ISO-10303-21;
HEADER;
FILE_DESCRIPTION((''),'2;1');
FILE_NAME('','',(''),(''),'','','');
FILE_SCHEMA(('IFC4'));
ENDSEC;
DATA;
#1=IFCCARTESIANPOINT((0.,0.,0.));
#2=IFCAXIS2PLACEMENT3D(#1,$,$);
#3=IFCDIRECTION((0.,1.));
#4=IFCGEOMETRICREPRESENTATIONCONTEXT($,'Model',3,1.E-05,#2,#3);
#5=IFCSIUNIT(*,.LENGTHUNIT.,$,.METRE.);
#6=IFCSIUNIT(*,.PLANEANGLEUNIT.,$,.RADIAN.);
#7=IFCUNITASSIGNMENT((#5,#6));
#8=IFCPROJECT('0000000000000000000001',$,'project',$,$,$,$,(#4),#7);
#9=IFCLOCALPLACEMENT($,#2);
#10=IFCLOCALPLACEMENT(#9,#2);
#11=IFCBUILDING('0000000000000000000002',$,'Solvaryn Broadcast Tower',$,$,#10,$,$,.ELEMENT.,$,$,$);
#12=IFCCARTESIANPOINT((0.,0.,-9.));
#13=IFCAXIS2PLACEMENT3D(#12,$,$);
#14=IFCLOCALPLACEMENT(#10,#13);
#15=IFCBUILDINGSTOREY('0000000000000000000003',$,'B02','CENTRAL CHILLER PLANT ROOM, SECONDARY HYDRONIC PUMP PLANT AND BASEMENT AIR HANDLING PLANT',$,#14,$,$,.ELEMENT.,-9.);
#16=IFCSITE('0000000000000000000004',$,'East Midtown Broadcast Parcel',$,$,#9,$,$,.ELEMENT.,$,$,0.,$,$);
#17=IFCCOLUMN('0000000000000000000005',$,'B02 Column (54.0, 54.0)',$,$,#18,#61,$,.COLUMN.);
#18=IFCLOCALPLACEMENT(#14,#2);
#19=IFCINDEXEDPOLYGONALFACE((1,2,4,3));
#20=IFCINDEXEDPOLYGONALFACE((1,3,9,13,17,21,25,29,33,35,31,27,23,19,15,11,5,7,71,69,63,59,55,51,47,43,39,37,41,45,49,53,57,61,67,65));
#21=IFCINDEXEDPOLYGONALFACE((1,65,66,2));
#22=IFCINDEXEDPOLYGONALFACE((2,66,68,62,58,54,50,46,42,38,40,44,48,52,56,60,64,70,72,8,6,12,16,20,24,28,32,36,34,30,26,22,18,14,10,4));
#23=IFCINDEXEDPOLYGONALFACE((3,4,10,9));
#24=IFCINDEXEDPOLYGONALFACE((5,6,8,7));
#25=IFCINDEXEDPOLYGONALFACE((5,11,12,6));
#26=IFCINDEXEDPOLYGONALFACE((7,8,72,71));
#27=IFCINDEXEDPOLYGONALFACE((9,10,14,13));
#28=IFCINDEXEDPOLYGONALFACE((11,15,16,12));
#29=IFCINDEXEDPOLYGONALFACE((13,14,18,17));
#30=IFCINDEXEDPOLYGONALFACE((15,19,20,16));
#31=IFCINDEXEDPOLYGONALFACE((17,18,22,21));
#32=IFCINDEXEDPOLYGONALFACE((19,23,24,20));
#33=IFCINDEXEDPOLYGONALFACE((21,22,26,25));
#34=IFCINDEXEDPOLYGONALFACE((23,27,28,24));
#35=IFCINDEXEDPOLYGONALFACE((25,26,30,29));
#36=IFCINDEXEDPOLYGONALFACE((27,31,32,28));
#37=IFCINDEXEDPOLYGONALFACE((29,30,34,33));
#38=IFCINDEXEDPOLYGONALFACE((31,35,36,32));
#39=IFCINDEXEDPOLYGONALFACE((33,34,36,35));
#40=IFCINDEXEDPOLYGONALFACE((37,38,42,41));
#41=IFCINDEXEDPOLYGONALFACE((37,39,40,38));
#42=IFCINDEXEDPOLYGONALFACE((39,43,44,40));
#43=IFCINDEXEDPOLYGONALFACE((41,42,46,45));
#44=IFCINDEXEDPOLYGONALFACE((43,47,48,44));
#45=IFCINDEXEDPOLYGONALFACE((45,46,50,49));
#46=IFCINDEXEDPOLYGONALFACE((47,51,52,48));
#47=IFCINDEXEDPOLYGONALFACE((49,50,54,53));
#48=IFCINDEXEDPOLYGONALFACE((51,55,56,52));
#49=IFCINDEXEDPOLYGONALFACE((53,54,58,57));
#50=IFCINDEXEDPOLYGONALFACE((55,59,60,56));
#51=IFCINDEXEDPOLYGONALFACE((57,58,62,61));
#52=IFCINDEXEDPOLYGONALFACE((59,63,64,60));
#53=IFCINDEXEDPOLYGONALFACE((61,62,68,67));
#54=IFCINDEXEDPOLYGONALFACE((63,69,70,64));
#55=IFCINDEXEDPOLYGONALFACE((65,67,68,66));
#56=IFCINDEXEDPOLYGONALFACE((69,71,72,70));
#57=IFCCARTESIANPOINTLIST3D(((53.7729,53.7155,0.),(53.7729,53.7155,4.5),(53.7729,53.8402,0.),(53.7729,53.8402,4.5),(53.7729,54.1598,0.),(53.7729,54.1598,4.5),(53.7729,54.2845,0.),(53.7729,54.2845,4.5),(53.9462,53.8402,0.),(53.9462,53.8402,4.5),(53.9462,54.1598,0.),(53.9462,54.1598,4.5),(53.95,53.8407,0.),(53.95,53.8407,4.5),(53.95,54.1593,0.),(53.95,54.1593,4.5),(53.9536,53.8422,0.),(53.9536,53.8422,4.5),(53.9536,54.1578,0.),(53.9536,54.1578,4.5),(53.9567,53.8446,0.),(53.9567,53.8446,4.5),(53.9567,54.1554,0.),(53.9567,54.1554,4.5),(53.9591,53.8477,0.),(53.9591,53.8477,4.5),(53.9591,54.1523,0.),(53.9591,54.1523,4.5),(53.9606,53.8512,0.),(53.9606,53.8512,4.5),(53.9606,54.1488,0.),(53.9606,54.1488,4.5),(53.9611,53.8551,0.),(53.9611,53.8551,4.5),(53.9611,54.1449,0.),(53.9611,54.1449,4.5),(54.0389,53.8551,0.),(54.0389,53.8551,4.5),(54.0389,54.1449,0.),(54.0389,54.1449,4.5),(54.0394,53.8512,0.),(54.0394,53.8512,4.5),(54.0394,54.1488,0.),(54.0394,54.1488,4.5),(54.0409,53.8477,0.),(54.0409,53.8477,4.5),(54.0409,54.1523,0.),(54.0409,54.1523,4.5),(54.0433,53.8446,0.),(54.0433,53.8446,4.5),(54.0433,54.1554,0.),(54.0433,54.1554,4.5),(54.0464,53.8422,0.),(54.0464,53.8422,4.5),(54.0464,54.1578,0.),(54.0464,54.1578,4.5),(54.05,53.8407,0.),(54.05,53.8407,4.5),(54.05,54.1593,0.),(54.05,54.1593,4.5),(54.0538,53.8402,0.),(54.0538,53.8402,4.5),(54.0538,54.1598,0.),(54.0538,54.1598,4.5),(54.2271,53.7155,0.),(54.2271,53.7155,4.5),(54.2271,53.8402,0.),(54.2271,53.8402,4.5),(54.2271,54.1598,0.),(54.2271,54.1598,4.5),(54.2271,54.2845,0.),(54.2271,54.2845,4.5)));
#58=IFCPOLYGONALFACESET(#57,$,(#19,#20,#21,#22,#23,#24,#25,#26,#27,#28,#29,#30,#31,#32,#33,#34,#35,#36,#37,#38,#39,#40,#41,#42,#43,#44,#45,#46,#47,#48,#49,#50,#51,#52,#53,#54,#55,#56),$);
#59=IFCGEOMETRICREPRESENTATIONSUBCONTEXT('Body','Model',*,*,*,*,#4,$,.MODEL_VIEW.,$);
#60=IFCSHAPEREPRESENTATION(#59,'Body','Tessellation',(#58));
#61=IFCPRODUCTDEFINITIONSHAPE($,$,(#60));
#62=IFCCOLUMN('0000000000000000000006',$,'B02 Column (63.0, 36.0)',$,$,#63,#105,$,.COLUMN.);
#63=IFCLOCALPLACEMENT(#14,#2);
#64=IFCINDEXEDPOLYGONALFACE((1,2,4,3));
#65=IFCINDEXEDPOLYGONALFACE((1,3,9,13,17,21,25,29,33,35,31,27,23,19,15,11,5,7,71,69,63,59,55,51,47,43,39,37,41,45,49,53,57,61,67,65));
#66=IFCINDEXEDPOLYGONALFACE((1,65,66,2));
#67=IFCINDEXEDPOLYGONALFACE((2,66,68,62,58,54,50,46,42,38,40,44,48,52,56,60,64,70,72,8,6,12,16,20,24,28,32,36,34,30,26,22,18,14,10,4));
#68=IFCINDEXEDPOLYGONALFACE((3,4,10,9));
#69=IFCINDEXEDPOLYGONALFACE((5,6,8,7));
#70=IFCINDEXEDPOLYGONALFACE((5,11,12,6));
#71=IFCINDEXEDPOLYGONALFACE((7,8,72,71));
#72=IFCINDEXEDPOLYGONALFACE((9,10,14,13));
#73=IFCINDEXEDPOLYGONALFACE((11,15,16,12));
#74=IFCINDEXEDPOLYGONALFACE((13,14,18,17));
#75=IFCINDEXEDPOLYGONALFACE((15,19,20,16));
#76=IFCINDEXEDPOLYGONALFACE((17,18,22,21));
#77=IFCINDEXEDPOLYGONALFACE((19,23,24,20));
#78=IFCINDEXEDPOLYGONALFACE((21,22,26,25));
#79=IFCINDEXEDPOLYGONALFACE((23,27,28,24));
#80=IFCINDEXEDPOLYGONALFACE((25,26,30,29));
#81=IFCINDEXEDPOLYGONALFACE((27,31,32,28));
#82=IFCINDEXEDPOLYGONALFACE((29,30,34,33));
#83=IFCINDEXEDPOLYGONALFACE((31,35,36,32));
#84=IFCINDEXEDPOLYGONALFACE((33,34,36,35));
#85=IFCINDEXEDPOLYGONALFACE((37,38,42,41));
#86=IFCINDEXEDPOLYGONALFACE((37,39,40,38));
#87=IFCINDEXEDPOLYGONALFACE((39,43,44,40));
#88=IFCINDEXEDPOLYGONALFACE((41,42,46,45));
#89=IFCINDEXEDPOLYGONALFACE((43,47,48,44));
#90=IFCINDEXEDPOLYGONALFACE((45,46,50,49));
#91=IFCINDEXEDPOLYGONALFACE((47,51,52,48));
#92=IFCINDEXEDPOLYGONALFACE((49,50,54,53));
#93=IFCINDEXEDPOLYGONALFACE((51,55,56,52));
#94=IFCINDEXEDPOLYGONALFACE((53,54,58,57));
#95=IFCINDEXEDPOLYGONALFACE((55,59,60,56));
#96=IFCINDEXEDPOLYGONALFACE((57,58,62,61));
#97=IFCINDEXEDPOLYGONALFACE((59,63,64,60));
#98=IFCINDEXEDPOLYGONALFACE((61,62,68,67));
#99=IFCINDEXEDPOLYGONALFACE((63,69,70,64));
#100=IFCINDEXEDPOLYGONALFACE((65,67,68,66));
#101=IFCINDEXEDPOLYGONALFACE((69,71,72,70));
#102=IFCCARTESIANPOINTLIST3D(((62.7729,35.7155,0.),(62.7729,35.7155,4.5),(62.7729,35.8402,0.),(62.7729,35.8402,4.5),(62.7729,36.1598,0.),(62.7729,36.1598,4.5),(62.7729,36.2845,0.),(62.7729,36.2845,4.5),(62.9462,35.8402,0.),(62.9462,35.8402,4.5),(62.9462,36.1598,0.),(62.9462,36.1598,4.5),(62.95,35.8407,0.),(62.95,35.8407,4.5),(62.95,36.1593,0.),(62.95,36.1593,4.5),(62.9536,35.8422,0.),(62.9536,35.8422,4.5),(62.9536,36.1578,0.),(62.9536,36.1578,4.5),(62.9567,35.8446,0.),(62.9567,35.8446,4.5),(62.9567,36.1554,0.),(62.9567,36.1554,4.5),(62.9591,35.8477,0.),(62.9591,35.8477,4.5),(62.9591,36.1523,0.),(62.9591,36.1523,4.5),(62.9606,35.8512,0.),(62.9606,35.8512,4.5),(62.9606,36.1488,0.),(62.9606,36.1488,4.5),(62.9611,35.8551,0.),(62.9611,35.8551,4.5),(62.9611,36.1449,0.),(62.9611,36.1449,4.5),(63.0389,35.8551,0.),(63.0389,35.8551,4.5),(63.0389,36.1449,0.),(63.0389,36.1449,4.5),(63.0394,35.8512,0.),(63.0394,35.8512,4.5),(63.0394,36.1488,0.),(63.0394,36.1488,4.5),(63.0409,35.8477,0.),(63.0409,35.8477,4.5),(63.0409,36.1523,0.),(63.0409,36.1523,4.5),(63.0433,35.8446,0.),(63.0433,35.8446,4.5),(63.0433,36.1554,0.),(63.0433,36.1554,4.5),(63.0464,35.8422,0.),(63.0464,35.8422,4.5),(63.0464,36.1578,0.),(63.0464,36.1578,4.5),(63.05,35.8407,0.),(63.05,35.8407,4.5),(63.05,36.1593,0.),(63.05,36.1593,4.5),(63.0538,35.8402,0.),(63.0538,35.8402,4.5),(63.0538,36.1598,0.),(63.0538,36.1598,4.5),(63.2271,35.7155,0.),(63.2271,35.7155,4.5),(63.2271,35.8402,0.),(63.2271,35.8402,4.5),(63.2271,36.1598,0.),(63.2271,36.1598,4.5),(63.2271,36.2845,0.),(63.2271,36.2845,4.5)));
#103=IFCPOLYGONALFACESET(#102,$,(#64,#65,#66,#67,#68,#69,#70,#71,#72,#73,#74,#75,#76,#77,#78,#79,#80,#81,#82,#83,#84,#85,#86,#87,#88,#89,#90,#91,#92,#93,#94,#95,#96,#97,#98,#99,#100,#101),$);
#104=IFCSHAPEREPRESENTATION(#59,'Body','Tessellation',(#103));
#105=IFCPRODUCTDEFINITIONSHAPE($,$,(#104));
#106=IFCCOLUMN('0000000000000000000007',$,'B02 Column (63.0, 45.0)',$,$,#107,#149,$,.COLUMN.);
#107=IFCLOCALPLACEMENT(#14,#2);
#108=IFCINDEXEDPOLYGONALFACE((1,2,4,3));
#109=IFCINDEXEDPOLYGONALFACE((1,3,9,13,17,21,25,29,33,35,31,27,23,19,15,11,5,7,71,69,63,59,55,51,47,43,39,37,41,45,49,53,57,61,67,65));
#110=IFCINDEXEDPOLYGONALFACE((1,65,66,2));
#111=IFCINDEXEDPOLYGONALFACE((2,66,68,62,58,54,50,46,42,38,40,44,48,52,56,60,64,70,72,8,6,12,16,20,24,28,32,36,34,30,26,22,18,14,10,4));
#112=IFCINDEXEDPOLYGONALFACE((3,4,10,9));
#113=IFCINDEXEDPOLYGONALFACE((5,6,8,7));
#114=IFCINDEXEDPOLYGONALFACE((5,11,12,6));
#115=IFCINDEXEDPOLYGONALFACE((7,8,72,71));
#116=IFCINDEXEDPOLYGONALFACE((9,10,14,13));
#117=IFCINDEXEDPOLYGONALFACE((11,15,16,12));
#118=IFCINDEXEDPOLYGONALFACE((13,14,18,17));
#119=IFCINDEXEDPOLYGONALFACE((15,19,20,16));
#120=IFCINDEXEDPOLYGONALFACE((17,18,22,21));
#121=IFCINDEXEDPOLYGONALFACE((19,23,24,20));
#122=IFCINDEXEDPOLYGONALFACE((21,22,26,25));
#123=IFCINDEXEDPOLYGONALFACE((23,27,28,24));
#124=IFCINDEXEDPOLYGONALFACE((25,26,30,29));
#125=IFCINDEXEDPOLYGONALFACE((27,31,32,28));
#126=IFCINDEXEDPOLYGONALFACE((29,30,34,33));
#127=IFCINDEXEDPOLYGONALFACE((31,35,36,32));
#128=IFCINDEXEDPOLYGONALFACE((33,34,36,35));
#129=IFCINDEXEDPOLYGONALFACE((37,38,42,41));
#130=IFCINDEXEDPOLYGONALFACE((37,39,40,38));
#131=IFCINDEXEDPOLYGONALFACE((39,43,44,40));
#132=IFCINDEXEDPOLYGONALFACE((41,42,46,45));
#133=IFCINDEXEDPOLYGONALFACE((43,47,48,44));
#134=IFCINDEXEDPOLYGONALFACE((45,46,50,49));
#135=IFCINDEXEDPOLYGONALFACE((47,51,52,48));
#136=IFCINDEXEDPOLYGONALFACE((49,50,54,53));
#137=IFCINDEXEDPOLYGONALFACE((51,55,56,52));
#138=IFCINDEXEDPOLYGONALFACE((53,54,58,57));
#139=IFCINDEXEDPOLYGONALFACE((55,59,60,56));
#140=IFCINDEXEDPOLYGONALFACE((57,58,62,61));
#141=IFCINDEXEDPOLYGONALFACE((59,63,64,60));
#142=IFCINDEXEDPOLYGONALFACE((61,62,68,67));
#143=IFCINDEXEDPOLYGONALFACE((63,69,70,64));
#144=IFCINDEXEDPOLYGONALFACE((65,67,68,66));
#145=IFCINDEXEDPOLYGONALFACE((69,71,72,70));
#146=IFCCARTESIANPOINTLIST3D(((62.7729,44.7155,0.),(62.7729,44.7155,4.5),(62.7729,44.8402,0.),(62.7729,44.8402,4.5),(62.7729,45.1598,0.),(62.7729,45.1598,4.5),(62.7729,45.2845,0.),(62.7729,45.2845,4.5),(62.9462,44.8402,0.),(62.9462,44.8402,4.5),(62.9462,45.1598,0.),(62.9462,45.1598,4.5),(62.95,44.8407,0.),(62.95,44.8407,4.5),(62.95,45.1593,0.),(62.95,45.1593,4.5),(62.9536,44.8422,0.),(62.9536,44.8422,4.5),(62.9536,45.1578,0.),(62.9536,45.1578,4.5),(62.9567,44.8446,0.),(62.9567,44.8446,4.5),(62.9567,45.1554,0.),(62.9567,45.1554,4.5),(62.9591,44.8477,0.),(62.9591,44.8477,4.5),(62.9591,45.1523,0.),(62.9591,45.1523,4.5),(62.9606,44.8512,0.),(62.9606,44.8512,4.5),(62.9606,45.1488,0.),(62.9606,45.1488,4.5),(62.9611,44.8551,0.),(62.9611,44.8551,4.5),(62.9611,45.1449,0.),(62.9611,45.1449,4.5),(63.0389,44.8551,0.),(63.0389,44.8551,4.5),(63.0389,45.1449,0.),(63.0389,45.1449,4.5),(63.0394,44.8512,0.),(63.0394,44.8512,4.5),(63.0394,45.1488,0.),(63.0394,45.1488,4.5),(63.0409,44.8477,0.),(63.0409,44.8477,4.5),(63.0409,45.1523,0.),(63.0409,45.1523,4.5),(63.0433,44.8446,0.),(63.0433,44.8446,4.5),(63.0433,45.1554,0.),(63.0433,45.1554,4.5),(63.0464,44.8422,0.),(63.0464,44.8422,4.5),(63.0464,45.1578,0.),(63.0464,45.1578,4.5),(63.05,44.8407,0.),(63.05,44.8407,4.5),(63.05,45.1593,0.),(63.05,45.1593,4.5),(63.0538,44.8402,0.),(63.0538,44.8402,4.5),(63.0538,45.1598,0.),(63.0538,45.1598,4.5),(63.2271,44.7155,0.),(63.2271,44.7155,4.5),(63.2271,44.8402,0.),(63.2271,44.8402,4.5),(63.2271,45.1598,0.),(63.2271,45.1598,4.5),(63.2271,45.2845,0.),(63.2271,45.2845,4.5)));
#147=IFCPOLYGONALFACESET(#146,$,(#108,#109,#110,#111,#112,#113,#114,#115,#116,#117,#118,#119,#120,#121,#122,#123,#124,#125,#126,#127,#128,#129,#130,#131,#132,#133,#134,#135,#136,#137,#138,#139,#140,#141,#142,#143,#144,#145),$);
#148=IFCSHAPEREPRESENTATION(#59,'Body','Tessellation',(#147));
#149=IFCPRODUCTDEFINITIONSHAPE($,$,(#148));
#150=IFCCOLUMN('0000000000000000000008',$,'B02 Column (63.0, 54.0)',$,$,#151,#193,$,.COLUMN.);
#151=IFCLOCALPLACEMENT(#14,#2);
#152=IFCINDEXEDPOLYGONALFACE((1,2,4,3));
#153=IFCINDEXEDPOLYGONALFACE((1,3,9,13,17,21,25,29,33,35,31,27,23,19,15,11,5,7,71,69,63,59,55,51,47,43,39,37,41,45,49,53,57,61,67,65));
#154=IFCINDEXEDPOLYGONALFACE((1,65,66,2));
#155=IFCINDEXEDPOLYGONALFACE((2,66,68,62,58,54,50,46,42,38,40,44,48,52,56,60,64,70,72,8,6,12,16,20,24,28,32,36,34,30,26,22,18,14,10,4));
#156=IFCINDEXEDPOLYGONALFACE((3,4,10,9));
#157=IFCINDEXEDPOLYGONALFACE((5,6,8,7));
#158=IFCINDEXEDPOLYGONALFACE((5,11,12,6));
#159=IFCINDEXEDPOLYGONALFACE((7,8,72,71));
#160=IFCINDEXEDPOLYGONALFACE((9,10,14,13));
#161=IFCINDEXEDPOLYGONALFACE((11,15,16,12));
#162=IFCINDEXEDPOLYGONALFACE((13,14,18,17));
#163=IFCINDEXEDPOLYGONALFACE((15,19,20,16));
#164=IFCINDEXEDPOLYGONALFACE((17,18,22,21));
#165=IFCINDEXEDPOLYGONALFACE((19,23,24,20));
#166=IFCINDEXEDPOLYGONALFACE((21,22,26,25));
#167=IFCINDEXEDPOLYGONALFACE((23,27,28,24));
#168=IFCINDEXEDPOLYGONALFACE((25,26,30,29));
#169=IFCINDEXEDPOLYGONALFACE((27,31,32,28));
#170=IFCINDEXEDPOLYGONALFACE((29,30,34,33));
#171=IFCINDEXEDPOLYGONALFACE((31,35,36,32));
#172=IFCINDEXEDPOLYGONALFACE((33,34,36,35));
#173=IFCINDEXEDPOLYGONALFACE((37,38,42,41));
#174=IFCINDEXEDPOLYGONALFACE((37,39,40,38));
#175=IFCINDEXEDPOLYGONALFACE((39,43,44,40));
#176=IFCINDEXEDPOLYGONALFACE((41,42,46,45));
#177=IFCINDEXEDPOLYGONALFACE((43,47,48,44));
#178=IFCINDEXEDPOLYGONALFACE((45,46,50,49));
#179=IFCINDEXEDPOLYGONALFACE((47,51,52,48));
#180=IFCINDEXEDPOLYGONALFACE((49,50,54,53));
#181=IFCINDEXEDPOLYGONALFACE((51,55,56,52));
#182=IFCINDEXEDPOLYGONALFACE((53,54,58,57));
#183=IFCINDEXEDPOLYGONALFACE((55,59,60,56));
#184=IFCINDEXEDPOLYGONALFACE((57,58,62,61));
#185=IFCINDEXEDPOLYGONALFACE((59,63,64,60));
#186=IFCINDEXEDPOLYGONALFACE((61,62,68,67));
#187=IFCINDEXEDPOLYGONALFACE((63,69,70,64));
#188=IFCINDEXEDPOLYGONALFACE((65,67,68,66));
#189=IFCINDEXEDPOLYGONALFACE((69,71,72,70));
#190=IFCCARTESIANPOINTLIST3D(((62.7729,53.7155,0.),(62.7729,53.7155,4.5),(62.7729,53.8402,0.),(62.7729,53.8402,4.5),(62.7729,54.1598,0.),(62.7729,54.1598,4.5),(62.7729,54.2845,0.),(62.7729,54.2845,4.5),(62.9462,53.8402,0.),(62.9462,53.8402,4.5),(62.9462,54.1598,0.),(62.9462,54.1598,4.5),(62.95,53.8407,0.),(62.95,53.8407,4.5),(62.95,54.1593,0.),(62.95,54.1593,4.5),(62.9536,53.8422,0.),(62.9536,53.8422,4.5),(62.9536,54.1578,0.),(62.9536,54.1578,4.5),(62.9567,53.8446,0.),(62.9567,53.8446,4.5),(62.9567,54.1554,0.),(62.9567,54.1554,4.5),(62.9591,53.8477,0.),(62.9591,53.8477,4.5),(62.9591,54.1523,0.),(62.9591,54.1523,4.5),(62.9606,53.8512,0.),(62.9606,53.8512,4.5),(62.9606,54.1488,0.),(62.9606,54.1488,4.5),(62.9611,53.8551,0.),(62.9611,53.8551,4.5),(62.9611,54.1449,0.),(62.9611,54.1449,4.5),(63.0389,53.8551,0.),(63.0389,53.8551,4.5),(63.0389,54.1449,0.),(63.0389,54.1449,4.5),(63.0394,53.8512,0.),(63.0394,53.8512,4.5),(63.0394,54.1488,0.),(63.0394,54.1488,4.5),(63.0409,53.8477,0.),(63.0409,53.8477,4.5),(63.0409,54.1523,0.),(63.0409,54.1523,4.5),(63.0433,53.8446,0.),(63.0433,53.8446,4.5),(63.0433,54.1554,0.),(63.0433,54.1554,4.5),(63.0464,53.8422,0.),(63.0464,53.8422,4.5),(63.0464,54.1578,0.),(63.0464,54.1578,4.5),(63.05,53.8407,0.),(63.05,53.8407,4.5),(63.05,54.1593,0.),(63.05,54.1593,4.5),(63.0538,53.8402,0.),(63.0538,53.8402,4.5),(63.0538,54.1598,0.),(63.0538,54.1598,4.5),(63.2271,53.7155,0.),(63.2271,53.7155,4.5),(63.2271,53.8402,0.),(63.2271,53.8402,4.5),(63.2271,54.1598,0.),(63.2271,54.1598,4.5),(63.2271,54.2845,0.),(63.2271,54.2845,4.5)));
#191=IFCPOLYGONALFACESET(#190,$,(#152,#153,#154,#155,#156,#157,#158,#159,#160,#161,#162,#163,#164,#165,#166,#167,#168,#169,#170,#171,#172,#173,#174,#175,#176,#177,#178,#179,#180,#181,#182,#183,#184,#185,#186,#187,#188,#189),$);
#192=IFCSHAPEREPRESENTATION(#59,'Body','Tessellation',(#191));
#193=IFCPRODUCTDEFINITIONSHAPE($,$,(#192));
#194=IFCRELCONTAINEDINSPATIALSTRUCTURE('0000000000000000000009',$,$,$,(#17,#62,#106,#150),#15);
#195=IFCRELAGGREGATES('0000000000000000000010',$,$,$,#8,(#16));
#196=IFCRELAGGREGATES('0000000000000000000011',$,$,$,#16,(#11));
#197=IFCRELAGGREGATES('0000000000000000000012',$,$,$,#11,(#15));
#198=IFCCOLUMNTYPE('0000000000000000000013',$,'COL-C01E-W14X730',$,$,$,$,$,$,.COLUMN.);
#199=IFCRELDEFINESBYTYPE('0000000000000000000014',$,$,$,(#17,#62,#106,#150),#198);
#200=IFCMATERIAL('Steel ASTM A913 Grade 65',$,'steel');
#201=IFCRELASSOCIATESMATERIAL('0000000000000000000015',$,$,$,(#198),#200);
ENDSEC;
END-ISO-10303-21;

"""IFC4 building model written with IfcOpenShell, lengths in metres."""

from ifc_helpers import new_model, si_unit, direction, frame, origin, origin_2d, place, context, subcontext, project, spatial, i_section, extrude, material, material_profile, profile_set, type_object, element, save


model = new_model("IFC4")

# Units and contexts
model_context = context("Model", 3, precision=1e-05, world=origin(), true_north=direction((0.0, 1.0)))
body_context = subcontext(model_context, "Body", "Model", "MODEL_VIEW")
ifc_project = project(units=[si_unit("LENGTHUNIT", "METRE"), si_unit("PLANEANGLEUNIT", "RADIAN")], contexts=[model_context])

# Site, building, storey
site_placement = place(None, origin())
site = spatial("IfcSite", under=ifc_project, at=site_placement, Name="East Midtown Broadcast Parcel", CompositionType="ELEMENT", RefElevation=0.0)
building_placement = place(site_placement, origin())
building = spatial("IfcBuilding", under=site, at=building_placement, Name="Solvaryn Broadcast Tower", CompositionType="ELEMENT")
storey_placement = place(building_placement, frame((0.0, 0.0, -9.0)))
storey = spatial("IfcBuildingStorey", under=building, at=storey_placement, Name="B02", Description="CENTRAL CHILLER PLANT ROOM, SECONDARY HYDRONIC PUMP PLANT AND BASEMENT AIR HANDLING PLANT", CompositionType="ELEMENT", Elevation=-9.0)

# Columns
ifc_material_1 = material(Name="Steel ASTM A913 Grade 65", Category="steel")
ifc_material_profile_1 = material_profile(ifc_material_1, i_section(OverallWidth=0.4541, OverallDepth=0.5691, WebThickness=0.0779, FlangeThickness=0.1248, FilletRadius=0.0149, at=origin_2d()))
ifc_profile_set_1 = profile_set([ifc_material_profile_1], Name="Steel ASTM A913 Grade 65")
column_type_1 = type_object("IfcColumnType", Name="COL-C01E-W14X730", PredefinedType="COLUMN", material=ifc_profile_set_1)
for number, where, z_axis, x_axis, name in (
    (1, (54.0, 54.0, 0.0), (0.0, 0.0, 1.0), (1.0, 0.0, 0.0), "B02 Column (54.0, 54.0)"),
    (2, (63.0, 36.0, 0.0), (0.0, 0.0, 1.0), (1.0, 0.0, 0.0), "B02 Column (63.0, 36.0)"),
    (3, (63.0, 45.0, 0.0), (0.0, 0.0, 1.0), (1.0, 0.0, 0.0), "B02 Column (63.0, 45.0)"),
    (4, (63.0, 54.0, 0.0), (0.0, 0.0, 1.0), (1.0, 0.0, 0.0), "B02 Column (63.0, 54.0)"),
):
    element("IfcColumn", number, at=place(storey_placement, frame(where, z_axis=z_axis, x_axis=x_axis)), inside=storey, type_object=column_type_1, Name=name, PredefinedType="COLUMN", context=body_context, shape_type="SweptSolid", body=[
        extrude(i_section(OverallWidth=0.4541, OverallDepth=0.5691, WebThickness=0.0779, FlangeThickness=0.1248, FilletRadius=0.0149, at=origin_2d()), origin(), (0.0, 0.0, 1.0), 4.5),
    ])

save(model, "model.ifc")
